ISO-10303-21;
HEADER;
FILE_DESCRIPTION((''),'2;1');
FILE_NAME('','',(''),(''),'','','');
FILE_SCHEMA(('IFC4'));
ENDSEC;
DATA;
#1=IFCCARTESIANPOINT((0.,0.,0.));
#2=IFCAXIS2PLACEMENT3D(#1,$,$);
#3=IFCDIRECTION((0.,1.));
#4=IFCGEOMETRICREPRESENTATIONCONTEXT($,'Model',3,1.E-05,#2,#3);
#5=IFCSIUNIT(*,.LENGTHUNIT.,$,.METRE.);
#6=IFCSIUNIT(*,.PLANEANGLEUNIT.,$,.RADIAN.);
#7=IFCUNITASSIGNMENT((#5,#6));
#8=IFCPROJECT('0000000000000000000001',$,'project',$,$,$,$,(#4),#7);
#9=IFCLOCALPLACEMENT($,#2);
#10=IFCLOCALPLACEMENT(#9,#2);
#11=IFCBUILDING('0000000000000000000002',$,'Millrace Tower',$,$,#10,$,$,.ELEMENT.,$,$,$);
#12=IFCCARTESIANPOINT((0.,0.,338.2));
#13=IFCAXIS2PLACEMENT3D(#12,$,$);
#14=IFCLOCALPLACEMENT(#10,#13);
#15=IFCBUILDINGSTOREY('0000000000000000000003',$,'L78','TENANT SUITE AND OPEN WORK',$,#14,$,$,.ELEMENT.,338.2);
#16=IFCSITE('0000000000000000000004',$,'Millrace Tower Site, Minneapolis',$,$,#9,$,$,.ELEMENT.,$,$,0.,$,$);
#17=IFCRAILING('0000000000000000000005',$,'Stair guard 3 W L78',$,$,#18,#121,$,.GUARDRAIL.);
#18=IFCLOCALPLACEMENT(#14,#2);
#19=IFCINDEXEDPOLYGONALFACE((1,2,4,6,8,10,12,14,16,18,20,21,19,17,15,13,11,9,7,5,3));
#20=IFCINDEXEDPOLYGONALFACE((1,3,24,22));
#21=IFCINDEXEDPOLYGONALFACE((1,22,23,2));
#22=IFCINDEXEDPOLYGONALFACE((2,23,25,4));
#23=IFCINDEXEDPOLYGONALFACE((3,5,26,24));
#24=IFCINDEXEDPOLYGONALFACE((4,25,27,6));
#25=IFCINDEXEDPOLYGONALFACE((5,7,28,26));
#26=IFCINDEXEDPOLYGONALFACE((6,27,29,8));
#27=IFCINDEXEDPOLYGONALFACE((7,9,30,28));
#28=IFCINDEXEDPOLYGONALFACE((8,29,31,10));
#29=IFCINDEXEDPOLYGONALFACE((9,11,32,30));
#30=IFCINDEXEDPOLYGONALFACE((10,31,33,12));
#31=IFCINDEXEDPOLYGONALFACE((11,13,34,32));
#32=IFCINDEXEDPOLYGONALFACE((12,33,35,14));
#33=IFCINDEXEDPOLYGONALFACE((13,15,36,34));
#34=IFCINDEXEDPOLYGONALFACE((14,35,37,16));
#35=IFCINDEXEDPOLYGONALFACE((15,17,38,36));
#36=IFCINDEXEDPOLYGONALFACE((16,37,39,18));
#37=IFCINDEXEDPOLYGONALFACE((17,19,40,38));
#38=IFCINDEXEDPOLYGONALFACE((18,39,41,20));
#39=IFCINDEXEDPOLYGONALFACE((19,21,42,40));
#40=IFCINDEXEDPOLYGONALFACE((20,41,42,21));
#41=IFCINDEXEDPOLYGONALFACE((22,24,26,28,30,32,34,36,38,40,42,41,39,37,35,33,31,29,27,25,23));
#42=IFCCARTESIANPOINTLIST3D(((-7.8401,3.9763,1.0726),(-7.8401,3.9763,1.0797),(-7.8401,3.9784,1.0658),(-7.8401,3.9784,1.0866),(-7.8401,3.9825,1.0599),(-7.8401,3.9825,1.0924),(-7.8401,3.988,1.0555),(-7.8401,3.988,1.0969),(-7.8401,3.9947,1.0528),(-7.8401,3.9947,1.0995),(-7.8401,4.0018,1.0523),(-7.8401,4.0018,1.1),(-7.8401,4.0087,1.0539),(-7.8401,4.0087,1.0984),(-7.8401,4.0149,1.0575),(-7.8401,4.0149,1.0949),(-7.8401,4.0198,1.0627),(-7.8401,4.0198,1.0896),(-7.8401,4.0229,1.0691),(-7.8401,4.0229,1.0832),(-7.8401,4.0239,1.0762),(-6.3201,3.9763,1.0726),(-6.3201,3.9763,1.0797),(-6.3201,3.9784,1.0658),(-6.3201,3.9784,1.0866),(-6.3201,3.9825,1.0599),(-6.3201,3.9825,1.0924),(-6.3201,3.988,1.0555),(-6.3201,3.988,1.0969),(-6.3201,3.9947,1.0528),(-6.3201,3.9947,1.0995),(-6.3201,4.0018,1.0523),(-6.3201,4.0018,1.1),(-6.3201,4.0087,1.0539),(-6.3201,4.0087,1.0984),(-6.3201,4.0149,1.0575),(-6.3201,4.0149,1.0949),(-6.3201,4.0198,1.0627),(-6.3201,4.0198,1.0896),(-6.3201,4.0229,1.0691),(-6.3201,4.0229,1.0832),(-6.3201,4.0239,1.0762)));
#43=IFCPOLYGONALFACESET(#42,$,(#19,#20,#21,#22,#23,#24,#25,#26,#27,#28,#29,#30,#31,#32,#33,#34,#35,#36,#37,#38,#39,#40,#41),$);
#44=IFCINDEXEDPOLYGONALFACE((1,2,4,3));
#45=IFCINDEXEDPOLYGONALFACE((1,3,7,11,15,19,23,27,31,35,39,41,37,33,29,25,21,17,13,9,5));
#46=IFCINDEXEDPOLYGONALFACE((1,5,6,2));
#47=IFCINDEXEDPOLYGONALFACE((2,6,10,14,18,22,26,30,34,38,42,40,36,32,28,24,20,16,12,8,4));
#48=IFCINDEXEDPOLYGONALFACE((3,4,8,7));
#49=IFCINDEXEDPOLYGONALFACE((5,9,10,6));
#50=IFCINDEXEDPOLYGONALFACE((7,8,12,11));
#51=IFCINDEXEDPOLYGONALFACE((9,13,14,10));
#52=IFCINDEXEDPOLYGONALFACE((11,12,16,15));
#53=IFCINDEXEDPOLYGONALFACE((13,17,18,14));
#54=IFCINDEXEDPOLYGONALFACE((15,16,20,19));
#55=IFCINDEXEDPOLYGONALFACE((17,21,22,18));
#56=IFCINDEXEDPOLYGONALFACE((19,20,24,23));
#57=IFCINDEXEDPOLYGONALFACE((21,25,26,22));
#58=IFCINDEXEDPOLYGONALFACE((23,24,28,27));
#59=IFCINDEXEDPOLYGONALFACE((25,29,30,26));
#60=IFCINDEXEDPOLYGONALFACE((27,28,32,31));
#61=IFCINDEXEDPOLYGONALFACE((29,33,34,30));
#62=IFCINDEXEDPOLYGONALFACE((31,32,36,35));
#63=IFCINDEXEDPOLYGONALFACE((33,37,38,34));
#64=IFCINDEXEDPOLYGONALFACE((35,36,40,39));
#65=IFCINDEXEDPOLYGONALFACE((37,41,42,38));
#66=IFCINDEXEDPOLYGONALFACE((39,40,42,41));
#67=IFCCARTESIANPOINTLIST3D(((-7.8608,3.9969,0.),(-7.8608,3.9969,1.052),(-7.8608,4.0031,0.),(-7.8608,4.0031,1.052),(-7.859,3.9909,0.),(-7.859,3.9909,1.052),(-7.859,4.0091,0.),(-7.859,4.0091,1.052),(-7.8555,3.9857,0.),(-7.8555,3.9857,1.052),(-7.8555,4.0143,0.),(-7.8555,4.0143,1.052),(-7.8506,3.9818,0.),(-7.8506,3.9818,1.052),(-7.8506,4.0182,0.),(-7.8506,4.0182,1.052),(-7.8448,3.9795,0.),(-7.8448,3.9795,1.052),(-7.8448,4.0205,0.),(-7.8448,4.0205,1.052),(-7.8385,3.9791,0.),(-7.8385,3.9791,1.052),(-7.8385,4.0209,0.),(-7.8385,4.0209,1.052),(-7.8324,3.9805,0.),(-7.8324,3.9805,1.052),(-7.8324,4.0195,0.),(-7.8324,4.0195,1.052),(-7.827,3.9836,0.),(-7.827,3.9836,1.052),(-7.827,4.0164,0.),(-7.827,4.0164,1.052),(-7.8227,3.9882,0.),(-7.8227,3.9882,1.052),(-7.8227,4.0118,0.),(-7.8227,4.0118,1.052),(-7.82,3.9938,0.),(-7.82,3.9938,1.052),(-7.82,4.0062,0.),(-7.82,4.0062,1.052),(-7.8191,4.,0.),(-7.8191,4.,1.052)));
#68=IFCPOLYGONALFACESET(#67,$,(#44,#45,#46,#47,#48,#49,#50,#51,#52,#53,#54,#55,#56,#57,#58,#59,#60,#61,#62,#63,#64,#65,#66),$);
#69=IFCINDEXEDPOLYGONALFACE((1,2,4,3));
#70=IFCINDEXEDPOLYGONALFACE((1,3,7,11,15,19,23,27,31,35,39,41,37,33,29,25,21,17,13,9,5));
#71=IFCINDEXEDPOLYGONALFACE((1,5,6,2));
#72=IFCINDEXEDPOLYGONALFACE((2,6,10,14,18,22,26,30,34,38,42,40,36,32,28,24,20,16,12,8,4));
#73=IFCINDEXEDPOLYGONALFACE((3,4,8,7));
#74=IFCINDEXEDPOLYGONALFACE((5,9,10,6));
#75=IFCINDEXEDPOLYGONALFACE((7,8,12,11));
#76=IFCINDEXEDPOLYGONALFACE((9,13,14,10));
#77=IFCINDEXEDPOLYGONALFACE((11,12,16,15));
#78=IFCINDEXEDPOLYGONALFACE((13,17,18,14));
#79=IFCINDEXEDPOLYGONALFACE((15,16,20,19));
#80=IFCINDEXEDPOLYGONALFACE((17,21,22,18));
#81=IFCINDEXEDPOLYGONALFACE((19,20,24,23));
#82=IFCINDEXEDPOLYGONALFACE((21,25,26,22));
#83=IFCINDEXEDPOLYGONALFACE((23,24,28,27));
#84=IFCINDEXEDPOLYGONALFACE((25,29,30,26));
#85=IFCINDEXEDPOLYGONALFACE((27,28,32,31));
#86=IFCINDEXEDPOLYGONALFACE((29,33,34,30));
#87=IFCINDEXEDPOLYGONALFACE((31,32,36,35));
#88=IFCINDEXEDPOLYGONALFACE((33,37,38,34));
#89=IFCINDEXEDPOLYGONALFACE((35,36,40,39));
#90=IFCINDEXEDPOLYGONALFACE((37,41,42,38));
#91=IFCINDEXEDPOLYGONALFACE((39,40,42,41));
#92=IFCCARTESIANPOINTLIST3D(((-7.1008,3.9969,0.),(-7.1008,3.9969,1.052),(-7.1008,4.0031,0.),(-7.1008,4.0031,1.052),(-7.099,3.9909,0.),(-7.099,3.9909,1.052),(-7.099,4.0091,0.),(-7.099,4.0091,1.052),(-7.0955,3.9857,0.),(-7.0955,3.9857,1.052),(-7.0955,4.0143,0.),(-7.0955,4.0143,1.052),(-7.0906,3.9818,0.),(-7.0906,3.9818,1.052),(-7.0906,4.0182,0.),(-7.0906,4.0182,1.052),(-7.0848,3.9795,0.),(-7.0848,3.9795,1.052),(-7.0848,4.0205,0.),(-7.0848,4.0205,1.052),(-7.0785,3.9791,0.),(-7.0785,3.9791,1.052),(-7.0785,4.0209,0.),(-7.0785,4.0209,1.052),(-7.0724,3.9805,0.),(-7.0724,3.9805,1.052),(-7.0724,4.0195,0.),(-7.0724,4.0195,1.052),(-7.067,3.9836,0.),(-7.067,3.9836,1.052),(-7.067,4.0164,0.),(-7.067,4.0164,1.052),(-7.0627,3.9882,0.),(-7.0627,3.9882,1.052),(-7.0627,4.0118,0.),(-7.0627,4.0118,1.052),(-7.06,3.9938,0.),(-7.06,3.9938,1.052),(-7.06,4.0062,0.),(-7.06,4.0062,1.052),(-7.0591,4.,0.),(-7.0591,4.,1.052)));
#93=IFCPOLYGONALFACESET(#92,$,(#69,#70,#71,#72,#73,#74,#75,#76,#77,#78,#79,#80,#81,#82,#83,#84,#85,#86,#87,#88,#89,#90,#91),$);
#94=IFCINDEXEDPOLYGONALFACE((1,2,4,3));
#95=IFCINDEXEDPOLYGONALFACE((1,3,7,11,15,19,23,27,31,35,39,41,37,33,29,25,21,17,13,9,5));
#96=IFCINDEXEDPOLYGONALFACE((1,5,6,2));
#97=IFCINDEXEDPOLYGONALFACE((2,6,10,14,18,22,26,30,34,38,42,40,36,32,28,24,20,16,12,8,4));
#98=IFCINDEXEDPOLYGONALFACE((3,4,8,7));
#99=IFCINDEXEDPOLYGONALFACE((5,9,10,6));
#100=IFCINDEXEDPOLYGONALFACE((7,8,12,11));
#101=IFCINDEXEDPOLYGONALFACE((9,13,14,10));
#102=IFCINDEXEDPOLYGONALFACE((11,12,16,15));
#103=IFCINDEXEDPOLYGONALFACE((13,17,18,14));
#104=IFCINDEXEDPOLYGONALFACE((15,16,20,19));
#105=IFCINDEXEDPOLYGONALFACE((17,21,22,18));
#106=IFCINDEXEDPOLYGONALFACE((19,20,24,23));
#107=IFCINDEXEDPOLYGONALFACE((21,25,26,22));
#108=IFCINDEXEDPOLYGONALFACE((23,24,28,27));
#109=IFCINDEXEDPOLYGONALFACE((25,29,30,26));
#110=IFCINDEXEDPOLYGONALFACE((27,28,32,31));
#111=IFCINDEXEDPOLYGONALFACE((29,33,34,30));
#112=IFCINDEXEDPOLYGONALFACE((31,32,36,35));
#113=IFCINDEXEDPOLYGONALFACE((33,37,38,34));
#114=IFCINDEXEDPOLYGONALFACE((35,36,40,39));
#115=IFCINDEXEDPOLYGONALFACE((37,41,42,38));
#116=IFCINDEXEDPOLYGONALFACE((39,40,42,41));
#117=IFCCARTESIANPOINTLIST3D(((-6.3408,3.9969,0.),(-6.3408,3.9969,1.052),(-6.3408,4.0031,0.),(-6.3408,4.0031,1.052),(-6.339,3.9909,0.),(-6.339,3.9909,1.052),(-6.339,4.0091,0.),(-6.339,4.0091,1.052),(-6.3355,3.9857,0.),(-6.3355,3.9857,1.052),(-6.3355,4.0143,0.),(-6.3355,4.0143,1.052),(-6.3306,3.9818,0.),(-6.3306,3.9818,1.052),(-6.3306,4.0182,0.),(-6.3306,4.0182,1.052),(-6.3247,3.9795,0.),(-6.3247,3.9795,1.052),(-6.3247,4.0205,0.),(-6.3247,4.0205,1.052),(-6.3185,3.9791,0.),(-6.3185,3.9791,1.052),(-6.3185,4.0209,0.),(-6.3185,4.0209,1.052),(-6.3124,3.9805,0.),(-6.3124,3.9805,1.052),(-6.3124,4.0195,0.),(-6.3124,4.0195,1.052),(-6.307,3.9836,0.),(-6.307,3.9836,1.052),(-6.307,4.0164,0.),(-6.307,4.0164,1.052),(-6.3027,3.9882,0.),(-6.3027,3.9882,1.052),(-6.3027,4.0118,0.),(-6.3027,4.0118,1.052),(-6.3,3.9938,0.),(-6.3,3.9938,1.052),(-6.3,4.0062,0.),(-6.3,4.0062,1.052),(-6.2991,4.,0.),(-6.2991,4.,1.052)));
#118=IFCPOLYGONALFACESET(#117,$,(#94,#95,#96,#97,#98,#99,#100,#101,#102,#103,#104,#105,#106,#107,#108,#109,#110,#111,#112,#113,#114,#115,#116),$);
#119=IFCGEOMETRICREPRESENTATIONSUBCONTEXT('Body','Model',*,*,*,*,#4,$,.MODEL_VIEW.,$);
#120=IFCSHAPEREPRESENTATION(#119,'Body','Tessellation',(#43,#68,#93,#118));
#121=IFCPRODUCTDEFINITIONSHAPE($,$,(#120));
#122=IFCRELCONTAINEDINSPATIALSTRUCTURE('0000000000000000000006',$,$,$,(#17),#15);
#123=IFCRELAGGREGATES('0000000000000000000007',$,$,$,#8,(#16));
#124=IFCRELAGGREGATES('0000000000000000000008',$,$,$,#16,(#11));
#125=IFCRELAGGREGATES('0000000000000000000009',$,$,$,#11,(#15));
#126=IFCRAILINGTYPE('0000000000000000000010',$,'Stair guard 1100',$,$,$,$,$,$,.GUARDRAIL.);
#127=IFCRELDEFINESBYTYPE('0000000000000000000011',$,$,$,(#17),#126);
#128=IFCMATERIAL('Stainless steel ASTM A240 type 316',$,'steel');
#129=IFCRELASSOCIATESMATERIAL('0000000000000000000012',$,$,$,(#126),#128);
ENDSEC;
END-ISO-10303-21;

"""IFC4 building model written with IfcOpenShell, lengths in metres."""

from ifc_helpers import new_model, si_unit, direction, frame, origin, origin_2d, place, context, subcontext, project, spatial, circle, extrude, material, type_object, element, save


model = new_model("IFC4")

# Units and contexts
model_context = context("Model", 3, precision=1e-05, world=origin(), true_north=direction((0.0, 1.0)))
body_context = subcontext(model_context, "Body", "Model", "MODEL_VIEW")
ifc_project = project(units=[si_unit("LENGTHUNIT", "METRE"), si_unit("PLANEANGLEUNIT", "RADIAN")], contexts=[model_context])

# Site, building, storey
site_placement = place(None, origin())
site = spatial("IfcSite", under=ifc_project, at=site_placement, Name="Millrace Tower Site, Minneapolis", CompositionType="ELEMENT", RefElevation=0.0)
building_placement = place(site_placement, origin())
building = spatial("IfcBuilding", under=site, at=building_placement, Name="Millrace Tower", CompositionType="ELEMENT")
storey_placement = place(building_placement, frame((0.0, 0.0, 338.2)))
storey = spatial("IfcBuildingStorey", under=building, at=storey_placement, Name="L78", Description="TENANT SUITE AND OPEN WORK", CompositionType="ELEMENT", Elevation=338.2)

# Railing
ifc_material_1 = material(Name="Stainless steel ASTM A240 type 316", Category="steel")
railing_type_1 = type_object("IfcRailingType", Name="Stair guard 1100", PredefinedType="GUARDRAIL", material=ifc_material_1)
railing_1_placement = place(storey_placement, frame((-7.8401, 4.0, 0.0)))
element("IfcRailing", 1, at=railing_1_placement, inside=storey, type_object=railing_type_1, Name="Stair guard 3 W L78", PredefinedType="GUARDRAIL", context=body_context, shape_type="SweptSolid", body=[
    extrude(circle(Radius=0.0239, at=origin_2d()), frame((0.0, 0.0, 1.0762), z_axis=(1.0, 0.0, 0.0), x_axis=(0.0, 1.0, 0.0)), (0.0, 0.0, 1.0), 1.52),
    extrude(circle(Radius=0.021, at=origin_2d()), origin(), (0.0, 0.0, 1.0), 1.052),
    extrude(circle(Radius=0.021, at=origin_2d()), frame((0.76, 0.0, 0.0)), (0.0, 0.0, 1.0), 1.052),
    extrude(circle(Radius=0.021, at=origin_2d()), frame((1.52, 0.0, 0.0)), (0.0, 0.0, 1.0), 1.052),
])

save(model, "model.ifc")
